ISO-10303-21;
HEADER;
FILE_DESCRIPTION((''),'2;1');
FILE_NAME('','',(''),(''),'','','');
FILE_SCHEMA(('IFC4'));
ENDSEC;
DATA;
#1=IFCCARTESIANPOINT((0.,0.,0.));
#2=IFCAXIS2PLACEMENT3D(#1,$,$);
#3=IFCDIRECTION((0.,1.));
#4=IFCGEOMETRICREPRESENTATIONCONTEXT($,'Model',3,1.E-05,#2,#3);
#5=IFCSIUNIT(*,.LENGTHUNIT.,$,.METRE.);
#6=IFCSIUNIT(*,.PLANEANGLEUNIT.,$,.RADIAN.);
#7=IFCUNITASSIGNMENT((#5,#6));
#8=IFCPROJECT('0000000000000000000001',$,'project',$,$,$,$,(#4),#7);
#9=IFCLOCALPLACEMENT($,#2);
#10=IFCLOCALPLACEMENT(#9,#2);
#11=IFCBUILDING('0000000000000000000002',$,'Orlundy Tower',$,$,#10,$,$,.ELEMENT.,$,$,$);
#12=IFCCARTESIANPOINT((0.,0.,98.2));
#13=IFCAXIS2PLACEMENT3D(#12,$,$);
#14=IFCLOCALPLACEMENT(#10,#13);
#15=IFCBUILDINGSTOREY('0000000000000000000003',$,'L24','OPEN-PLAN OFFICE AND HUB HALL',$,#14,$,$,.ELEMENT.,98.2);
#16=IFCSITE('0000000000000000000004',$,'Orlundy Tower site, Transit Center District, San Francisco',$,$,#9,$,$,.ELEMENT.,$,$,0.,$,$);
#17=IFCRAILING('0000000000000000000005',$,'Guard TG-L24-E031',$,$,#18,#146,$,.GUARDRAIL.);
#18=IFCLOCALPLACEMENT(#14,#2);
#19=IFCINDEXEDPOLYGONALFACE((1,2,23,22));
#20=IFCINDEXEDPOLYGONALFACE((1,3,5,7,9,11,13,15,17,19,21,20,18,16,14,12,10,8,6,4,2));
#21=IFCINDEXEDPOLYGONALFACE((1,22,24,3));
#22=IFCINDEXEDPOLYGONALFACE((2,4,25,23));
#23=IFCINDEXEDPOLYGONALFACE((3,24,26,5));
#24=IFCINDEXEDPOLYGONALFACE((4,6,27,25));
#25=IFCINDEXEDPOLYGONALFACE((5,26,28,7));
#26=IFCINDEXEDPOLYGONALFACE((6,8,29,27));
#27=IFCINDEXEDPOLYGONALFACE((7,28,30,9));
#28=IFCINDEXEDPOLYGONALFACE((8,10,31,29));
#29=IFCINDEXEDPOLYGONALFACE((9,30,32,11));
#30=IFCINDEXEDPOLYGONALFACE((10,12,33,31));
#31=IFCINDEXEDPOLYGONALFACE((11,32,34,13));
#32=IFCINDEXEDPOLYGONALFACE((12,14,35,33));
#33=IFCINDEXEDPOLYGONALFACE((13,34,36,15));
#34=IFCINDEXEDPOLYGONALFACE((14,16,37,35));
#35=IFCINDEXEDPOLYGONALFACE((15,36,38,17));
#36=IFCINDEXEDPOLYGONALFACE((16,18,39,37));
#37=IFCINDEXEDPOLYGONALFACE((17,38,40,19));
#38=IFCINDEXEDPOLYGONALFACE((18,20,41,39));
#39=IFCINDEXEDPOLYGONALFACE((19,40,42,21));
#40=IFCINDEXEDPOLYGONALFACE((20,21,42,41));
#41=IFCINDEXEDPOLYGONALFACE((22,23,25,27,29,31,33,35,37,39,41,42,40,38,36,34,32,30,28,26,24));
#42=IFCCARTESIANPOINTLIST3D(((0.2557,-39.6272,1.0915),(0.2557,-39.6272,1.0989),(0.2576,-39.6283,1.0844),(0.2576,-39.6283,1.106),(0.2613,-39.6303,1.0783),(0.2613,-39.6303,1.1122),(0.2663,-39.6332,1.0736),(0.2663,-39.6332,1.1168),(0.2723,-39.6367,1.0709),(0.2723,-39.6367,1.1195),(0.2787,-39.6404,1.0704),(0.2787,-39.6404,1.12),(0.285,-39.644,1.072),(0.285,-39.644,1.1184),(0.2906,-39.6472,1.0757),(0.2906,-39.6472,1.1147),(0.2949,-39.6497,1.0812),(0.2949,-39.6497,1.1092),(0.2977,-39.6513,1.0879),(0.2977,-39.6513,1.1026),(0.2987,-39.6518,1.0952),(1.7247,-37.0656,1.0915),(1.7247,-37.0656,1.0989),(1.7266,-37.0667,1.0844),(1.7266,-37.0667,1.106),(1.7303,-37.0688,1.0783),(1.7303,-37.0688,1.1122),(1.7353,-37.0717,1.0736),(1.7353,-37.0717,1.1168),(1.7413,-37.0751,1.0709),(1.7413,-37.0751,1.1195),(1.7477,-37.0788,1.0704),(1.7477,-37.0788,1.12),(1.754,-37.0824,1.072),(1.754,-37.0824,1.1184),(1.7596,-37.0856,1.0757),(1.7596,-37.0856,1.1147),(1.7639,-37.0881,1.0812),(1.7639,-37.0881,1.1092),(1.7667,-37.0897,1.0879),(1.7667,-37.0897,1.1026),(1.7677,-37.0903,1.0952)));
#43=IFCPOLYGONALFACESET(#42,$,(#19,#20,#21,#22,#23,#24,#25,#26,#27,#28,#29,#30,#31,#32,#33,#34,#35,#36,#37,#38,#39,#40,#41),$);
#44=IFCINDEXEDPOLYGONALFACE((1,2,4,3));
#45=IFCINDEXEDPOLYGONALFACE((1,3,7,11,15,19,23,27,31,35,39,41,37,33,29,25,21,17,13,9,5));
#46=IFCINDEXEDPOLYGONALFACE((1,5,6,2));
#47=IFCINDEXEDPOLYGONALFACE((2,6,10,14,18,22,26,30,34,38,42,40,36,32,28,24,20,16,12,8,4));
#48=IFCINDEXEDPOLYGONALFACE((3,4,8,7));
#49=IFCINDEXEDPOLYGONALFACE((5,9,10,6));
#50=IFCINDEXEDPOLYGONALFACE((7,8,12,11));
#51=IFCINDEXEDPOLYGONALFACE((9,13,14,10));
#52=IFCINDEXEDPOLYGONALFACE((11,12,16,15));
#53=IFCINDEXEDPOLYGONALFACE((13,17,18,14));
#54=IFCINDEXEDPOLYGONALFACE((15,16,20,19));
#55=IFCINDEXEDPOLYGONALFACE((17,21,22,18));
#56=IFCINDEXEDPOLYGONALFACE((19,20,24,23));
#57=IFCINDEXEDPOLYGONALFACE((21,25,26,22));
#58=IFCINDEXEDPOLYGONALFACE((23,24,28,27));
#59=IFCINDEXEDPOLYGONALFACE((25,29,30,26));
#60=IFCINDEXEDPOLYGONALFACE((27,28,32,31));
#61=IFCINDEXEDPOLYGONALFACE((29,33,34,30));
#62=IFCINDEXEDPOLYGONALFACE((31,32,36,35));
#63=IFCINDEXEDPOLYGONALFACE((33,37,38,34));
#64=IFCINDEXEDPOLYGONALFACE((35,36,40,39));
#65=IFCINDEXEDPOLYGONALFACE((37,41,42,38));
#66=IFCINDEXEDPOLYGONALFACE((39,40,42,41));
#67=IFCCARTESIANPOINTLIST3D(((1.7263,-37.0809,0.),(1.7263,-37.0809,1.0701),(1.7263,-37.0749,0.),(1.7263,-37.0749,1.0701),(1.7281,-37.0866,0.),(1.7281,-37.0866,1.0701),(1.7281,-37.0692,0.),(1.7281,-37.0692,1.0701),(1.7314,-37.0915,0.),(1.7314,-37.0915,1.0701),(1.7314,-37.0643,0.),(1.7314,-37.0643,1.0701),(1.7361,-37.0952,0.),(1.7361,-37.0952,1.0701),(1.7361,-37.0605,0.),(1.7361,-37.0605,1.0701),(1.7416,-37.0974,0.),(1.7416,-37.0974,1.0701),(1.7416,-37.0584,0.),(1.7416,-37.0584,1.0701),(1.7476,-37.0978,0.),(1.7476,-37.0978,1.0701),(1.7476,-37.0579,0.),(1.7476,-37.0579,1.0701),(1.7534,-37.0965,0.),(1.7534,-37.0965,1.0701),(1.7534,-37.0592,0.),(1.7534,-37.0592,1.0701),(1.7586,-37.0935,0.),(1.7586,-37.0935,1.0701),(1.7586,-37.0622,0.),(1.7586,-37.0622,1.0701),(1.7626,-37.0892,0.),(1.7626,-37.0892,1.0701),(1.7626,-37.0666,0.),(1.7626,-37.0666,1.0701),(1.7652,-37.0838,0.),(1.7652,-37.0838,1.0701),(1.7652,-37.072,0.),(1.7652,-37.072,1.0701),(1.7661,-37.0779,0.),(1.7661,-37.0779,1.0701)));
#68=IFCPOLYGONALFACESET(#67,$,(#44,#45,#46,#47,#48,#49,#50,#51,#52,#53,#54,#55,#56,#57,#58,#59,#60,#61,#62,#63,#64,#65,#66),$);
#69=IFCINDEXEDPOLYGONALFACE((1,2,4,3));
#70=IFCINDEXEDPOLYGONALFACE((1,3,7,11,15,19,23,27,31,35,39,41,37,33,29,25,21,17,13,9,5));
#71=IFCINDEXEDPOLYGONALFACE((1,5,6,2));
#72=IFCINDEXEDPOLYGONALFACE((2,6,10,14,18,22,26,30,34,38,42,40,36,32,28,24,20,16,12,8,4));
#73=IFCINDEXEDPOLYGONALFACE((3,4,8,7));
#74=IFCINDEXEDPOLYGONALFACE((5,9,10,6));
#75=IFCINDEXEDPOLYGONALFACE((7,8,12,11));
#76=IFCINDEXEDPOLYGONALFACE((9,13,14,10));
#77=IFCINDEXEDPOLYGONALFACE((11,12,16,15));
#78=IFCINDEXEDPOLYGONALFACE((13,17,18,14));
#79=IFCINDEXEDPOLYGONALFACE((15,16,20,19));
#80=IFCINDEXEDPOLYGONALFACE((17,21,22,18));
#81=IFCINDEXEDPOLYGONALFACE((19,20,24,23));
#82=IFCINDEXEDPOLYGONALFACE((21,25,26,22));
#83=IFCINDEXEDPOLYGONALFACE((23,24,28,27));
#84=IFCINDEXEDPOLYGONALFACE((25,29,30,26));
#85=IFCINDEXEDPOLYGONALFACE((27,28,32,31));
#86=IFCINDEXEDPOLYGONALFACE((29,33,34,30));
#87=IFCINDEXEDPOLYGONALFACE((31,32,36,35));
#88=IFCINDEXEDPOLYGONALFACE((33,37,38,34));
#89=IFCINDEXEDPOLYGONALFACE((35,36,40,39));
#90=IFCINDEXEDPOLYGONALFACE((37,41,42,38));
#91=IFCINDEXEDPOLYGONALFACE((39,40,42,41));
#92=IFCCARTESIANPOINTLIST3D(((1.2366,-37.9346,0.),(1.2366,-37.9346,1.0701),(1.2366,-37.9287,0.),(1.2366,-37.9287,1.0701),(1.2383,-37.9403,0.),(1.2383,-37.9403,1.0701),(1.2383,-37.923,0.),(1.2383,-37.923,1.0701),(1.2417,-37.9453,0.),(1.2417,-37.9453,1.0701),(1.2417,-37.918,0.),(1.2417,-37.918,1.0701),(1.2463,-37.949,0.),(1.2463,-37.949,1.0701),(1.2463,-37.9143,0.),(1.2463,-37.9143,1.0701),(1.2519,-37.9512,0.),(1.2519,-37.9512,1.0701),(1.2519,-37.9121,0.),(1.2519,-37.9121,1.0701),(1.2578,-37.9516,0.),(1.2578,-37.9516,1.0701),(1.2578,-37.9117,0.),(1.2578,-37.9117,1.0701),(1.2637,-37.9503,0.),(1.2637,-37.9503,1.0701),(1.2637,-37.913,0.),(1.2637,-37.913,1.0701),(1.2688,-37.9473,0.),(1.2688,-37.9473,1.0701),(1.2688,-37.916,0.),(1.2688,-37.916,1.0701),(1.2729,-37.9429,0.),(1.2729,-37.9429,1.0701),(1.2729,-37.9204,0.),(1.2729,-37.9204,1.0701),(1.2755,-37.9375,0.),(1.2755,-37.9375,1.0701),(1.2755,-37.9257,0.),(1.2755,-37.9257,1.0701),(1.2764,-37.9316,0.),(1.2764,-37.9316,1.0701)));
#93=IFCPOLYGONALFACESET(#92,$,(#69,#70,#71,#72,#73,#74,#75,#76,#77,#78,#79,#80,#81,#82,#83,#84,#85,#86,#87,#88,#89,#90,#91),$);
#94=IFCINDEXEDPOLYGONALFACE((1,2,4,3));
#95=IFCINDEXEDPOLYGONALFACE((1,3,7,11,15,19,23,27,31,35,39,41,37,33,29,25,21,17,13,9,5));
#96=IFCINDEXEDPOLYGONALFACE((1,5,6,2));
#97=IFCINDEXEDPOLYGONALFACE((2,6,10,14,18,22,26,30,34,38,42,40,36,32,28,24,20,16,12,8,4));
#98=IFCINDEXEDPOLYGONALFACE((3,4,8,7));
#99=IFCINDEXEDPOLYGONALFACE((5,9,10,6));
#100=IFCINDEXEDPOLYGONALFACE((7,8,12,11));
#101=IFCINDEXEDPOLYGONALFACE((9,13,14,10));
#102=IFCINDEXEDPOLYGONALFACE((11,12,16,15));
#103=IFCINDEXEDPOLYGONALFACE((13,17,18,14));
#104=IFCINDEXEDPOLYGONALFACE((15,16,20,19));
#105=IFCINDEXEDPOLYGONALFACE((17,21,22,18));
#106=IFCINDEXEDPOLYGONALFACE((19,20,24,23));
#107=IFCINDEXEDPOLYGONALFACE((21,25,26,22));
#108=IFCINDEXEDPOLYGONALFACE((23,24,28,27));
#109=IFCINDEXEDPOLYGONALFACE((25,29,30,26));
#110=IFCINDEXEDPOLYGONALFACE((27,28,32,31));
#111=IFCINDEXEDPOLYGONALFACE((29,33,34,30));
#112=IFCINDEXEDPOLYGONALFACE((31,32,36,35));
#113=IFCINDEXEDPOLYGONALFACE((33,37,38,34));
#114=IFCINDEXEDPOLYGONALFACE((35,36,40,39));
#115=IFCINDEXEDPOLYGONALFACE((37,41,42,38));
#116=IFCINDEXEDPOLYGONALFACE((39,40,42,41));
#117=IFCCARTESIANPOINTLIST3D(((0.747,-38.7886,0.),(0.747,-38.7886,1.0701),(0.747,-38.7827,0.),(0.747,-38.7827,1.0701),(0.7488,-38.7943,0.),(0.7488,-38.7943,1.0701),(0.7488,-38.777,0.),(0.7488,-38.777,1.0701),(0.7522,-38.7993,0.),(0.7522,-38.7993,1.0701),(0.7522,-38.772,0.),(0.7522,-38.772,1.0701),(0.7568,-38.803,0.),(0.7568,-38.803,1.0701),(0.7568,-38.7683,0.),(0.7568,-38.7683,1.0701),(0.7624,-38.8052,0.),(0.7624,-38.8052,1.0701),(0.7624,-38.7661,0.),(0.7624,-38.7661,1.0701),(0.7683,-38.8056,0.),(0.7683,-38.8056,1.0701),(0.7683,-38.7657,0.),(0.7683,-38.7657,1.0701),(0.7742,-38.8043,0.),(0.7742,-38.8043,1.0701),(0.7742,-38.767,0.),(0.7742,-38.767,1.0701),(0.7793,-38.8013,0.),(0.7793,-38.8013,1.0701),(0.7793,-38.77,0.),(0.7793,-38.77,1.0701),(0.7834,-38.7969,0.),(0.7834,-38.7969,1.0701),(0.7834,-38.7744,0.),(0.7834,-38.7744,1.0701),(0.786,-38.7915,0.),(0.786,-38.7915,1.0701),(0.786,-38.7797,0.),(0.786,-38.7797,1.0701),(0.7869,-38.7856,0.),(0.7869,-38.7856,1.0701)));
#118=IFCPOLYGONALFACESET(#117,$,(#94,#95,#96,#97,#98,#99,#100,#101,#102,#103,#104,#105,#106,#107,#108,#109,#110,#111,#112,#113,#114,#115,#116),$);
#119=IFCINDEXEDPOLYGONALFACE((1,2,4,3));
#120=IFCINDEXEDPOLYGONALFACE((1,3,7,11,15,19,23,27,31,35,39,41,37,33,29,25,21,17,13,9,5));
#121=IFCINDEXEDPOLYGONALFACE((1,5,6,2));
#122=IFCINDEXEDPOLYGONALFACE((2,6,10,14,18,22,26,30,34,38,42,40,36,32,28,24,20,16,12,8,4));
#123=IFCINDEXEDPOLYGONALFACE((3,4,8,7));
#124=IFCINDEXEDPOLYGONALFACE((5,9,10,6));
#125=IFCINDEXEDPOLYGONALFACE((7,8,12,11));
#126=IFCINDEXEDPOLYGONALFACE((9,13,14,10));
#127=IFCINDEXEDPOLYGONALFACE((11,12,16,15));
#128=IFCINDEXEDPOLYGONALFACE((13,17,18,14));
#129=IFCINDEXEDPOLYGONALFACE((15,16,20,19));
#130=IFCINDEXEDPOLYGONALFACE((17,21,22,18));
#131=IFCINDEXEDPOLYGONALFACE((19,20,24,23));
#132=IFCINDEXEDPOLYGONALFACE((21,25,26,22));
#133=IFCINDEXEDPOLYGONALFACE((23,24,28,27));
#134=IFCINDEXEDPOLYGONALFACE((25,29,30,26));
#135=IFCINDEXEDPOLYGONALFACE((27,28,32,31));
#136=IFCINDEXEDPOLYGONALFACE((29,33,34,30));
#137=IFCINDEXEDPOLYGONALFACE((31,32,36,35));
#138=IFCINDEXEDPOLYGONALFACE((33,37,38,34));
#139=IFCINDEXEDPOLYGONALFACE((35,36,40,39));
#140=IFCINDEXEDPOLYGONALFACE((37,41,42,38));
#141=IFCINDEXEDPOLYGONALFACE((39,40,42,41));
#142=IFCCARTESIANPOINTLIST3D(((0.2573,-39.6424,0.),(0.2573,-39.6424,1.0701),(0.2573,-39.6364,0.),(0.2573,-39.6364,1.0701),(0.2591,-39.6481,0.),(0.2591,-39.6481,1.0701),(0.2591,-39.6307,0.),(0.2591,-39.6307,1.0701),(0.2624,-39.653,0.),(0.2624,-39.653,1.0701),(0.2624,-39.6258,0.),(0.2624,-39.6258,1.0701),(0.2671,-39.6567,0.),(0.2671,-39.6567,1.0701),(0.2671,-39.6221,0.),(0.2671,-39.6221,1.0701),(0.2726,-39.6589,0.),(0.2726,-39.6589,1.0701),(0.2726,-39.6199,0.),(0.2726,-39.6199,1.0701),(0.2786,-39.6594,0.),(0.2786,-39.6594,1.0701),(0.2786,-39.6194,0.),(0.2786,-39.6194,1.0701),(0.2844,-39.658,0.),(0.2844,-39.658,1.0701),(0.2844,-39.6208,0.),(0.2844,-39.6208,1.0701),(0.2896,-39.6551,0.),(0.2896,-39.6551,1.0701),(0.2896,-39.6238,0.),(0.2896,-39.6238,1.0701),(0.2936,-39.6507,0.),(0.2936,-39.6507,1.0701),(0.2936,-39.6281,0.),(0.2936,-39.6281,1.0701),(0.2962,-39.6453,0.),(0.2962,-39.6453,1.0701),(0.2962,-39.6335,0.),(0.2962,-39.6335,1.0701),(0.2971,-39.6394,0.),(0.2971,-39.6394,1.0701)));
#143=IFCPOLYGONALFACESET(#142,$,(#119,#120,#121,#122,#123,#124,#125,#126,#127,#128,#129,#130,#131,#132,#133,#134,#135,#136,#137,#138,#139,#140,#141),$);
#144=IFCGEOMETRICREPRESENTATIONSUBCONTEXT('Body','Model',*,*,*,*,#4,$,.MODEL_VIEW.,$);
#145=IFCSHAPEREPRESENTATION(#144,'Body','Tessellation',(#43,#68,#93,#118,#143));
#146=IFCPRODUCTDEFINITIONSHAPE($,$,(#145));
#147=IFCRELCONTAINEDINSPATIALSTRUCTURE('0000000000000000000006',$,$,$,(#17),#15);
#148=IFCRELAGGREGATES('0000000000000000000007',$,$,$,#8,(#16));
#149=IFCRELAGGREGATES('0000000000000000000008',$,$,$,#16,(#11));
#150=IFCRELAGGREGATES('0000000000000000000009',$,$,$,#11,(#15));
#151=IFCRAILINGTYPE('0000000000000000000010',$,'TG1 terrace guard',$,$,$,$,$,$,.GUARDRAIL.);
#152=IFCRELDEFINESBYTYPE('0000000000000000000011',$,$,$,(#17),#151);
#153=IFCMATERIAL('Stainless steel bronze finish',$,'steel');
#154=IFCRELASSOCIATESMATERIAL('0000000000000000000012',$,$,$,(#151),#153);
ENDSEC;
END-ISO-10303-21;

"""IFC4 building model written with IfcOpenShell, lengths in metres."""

from ifc_helpers import new_model, si_unit, direction, frame, origin, origin_2d, place, context, subcontext, project, spatial, circle, extrude, material, type_object, element, save


model = new_model("IFC4")

# Units and contexts
model_context = context("Model", 3, precision=1e-05, world=origin(), true_north=direction((0.0, 1.0)))
body_context = subcontext(model_context, "Body", "Model", "MODEL_VIEW")
ifc_project = project(units=[si_unit("LENGTHUNIT", "METRE"), si_unit("PLANEANGLEUNIT", "RADIAN")], contexts=[model_context])

# Site, building, storey
site_placement = place(None, origin())
site = spatial("IfcSite", under=ifc_project, at=site_placement, Name="Orlundy Tower site, Transit Center District, San Francisco", CompositionType="ELEMENT", RefElevation=0.0)
building_placement = place(site_placement, origin())
building = spatial("IfcBuilding", under=site, at=building_placement, Name="Orlundy Tower", CompositionType="ELEMENT")
storey_placement = place(building_placement, frame((0.0, 0.0, 98.2)))
storey = spatial("IfcBuildingStorey", under=building, at=storey_placement, Name="L24", Description="OPEN-PLAN OFFICE AND HUB HALL", CompositionType="ELEMENT", Elevation=98.2)

# Railing
ifc_material_1 = material(Name="Stainless steel bronze finish", Category="steel")
railing_type = type_object("IfcRailingType", Name="TG1 terrace guard", PredefinedType="GUARDRAIL", material=ifc_material_1)
railing_1_placement = place(storey_placement, frame((1.7461, -37.0779, 0.0)))
element("IfcRailing", 1, at=railing_1_placement, inside=storey, type_object=railing_type, Name="Guard TG-L24-E031", PredefinedType="GUARDRAIL", context=body_context, shape_type="SweptSolid", body=[
    extrude(circle(Radius=0.0249, at=origin_2d()), frame((0.0, 0.0, 1.0952), z_axis=(-0.497483, -0.867474, 0.0), x_axis=(0.867474, -0.497483, 0.0)), (0.0, 0.0, 1.0), 2.9529),
    extrude(circle(Radius=0.02, at=origin_2d()), origin(), (0.0, 0.0, 1.0), 1.0701),
    extrude(circle(Radius=0.02, at=origin_2d()), frame((-0.4897, -0.8538, 0.0)), (0.0, 0.0, 1.0), 1.0701),
    extrude(circle(Radius=0.02, at=origin_2d()), frame((-0.9792, -1.7078, 0.0)), (0.0, 0.0, 1.0), 1.0701),
    extrude(circle(Radius=0.02, at=origin_2d()), frame((-1.469, -2.5615, 0.0)), (0.0, 0.0, 1.0), 1.0701),
])

save(model, "model.ifc")
